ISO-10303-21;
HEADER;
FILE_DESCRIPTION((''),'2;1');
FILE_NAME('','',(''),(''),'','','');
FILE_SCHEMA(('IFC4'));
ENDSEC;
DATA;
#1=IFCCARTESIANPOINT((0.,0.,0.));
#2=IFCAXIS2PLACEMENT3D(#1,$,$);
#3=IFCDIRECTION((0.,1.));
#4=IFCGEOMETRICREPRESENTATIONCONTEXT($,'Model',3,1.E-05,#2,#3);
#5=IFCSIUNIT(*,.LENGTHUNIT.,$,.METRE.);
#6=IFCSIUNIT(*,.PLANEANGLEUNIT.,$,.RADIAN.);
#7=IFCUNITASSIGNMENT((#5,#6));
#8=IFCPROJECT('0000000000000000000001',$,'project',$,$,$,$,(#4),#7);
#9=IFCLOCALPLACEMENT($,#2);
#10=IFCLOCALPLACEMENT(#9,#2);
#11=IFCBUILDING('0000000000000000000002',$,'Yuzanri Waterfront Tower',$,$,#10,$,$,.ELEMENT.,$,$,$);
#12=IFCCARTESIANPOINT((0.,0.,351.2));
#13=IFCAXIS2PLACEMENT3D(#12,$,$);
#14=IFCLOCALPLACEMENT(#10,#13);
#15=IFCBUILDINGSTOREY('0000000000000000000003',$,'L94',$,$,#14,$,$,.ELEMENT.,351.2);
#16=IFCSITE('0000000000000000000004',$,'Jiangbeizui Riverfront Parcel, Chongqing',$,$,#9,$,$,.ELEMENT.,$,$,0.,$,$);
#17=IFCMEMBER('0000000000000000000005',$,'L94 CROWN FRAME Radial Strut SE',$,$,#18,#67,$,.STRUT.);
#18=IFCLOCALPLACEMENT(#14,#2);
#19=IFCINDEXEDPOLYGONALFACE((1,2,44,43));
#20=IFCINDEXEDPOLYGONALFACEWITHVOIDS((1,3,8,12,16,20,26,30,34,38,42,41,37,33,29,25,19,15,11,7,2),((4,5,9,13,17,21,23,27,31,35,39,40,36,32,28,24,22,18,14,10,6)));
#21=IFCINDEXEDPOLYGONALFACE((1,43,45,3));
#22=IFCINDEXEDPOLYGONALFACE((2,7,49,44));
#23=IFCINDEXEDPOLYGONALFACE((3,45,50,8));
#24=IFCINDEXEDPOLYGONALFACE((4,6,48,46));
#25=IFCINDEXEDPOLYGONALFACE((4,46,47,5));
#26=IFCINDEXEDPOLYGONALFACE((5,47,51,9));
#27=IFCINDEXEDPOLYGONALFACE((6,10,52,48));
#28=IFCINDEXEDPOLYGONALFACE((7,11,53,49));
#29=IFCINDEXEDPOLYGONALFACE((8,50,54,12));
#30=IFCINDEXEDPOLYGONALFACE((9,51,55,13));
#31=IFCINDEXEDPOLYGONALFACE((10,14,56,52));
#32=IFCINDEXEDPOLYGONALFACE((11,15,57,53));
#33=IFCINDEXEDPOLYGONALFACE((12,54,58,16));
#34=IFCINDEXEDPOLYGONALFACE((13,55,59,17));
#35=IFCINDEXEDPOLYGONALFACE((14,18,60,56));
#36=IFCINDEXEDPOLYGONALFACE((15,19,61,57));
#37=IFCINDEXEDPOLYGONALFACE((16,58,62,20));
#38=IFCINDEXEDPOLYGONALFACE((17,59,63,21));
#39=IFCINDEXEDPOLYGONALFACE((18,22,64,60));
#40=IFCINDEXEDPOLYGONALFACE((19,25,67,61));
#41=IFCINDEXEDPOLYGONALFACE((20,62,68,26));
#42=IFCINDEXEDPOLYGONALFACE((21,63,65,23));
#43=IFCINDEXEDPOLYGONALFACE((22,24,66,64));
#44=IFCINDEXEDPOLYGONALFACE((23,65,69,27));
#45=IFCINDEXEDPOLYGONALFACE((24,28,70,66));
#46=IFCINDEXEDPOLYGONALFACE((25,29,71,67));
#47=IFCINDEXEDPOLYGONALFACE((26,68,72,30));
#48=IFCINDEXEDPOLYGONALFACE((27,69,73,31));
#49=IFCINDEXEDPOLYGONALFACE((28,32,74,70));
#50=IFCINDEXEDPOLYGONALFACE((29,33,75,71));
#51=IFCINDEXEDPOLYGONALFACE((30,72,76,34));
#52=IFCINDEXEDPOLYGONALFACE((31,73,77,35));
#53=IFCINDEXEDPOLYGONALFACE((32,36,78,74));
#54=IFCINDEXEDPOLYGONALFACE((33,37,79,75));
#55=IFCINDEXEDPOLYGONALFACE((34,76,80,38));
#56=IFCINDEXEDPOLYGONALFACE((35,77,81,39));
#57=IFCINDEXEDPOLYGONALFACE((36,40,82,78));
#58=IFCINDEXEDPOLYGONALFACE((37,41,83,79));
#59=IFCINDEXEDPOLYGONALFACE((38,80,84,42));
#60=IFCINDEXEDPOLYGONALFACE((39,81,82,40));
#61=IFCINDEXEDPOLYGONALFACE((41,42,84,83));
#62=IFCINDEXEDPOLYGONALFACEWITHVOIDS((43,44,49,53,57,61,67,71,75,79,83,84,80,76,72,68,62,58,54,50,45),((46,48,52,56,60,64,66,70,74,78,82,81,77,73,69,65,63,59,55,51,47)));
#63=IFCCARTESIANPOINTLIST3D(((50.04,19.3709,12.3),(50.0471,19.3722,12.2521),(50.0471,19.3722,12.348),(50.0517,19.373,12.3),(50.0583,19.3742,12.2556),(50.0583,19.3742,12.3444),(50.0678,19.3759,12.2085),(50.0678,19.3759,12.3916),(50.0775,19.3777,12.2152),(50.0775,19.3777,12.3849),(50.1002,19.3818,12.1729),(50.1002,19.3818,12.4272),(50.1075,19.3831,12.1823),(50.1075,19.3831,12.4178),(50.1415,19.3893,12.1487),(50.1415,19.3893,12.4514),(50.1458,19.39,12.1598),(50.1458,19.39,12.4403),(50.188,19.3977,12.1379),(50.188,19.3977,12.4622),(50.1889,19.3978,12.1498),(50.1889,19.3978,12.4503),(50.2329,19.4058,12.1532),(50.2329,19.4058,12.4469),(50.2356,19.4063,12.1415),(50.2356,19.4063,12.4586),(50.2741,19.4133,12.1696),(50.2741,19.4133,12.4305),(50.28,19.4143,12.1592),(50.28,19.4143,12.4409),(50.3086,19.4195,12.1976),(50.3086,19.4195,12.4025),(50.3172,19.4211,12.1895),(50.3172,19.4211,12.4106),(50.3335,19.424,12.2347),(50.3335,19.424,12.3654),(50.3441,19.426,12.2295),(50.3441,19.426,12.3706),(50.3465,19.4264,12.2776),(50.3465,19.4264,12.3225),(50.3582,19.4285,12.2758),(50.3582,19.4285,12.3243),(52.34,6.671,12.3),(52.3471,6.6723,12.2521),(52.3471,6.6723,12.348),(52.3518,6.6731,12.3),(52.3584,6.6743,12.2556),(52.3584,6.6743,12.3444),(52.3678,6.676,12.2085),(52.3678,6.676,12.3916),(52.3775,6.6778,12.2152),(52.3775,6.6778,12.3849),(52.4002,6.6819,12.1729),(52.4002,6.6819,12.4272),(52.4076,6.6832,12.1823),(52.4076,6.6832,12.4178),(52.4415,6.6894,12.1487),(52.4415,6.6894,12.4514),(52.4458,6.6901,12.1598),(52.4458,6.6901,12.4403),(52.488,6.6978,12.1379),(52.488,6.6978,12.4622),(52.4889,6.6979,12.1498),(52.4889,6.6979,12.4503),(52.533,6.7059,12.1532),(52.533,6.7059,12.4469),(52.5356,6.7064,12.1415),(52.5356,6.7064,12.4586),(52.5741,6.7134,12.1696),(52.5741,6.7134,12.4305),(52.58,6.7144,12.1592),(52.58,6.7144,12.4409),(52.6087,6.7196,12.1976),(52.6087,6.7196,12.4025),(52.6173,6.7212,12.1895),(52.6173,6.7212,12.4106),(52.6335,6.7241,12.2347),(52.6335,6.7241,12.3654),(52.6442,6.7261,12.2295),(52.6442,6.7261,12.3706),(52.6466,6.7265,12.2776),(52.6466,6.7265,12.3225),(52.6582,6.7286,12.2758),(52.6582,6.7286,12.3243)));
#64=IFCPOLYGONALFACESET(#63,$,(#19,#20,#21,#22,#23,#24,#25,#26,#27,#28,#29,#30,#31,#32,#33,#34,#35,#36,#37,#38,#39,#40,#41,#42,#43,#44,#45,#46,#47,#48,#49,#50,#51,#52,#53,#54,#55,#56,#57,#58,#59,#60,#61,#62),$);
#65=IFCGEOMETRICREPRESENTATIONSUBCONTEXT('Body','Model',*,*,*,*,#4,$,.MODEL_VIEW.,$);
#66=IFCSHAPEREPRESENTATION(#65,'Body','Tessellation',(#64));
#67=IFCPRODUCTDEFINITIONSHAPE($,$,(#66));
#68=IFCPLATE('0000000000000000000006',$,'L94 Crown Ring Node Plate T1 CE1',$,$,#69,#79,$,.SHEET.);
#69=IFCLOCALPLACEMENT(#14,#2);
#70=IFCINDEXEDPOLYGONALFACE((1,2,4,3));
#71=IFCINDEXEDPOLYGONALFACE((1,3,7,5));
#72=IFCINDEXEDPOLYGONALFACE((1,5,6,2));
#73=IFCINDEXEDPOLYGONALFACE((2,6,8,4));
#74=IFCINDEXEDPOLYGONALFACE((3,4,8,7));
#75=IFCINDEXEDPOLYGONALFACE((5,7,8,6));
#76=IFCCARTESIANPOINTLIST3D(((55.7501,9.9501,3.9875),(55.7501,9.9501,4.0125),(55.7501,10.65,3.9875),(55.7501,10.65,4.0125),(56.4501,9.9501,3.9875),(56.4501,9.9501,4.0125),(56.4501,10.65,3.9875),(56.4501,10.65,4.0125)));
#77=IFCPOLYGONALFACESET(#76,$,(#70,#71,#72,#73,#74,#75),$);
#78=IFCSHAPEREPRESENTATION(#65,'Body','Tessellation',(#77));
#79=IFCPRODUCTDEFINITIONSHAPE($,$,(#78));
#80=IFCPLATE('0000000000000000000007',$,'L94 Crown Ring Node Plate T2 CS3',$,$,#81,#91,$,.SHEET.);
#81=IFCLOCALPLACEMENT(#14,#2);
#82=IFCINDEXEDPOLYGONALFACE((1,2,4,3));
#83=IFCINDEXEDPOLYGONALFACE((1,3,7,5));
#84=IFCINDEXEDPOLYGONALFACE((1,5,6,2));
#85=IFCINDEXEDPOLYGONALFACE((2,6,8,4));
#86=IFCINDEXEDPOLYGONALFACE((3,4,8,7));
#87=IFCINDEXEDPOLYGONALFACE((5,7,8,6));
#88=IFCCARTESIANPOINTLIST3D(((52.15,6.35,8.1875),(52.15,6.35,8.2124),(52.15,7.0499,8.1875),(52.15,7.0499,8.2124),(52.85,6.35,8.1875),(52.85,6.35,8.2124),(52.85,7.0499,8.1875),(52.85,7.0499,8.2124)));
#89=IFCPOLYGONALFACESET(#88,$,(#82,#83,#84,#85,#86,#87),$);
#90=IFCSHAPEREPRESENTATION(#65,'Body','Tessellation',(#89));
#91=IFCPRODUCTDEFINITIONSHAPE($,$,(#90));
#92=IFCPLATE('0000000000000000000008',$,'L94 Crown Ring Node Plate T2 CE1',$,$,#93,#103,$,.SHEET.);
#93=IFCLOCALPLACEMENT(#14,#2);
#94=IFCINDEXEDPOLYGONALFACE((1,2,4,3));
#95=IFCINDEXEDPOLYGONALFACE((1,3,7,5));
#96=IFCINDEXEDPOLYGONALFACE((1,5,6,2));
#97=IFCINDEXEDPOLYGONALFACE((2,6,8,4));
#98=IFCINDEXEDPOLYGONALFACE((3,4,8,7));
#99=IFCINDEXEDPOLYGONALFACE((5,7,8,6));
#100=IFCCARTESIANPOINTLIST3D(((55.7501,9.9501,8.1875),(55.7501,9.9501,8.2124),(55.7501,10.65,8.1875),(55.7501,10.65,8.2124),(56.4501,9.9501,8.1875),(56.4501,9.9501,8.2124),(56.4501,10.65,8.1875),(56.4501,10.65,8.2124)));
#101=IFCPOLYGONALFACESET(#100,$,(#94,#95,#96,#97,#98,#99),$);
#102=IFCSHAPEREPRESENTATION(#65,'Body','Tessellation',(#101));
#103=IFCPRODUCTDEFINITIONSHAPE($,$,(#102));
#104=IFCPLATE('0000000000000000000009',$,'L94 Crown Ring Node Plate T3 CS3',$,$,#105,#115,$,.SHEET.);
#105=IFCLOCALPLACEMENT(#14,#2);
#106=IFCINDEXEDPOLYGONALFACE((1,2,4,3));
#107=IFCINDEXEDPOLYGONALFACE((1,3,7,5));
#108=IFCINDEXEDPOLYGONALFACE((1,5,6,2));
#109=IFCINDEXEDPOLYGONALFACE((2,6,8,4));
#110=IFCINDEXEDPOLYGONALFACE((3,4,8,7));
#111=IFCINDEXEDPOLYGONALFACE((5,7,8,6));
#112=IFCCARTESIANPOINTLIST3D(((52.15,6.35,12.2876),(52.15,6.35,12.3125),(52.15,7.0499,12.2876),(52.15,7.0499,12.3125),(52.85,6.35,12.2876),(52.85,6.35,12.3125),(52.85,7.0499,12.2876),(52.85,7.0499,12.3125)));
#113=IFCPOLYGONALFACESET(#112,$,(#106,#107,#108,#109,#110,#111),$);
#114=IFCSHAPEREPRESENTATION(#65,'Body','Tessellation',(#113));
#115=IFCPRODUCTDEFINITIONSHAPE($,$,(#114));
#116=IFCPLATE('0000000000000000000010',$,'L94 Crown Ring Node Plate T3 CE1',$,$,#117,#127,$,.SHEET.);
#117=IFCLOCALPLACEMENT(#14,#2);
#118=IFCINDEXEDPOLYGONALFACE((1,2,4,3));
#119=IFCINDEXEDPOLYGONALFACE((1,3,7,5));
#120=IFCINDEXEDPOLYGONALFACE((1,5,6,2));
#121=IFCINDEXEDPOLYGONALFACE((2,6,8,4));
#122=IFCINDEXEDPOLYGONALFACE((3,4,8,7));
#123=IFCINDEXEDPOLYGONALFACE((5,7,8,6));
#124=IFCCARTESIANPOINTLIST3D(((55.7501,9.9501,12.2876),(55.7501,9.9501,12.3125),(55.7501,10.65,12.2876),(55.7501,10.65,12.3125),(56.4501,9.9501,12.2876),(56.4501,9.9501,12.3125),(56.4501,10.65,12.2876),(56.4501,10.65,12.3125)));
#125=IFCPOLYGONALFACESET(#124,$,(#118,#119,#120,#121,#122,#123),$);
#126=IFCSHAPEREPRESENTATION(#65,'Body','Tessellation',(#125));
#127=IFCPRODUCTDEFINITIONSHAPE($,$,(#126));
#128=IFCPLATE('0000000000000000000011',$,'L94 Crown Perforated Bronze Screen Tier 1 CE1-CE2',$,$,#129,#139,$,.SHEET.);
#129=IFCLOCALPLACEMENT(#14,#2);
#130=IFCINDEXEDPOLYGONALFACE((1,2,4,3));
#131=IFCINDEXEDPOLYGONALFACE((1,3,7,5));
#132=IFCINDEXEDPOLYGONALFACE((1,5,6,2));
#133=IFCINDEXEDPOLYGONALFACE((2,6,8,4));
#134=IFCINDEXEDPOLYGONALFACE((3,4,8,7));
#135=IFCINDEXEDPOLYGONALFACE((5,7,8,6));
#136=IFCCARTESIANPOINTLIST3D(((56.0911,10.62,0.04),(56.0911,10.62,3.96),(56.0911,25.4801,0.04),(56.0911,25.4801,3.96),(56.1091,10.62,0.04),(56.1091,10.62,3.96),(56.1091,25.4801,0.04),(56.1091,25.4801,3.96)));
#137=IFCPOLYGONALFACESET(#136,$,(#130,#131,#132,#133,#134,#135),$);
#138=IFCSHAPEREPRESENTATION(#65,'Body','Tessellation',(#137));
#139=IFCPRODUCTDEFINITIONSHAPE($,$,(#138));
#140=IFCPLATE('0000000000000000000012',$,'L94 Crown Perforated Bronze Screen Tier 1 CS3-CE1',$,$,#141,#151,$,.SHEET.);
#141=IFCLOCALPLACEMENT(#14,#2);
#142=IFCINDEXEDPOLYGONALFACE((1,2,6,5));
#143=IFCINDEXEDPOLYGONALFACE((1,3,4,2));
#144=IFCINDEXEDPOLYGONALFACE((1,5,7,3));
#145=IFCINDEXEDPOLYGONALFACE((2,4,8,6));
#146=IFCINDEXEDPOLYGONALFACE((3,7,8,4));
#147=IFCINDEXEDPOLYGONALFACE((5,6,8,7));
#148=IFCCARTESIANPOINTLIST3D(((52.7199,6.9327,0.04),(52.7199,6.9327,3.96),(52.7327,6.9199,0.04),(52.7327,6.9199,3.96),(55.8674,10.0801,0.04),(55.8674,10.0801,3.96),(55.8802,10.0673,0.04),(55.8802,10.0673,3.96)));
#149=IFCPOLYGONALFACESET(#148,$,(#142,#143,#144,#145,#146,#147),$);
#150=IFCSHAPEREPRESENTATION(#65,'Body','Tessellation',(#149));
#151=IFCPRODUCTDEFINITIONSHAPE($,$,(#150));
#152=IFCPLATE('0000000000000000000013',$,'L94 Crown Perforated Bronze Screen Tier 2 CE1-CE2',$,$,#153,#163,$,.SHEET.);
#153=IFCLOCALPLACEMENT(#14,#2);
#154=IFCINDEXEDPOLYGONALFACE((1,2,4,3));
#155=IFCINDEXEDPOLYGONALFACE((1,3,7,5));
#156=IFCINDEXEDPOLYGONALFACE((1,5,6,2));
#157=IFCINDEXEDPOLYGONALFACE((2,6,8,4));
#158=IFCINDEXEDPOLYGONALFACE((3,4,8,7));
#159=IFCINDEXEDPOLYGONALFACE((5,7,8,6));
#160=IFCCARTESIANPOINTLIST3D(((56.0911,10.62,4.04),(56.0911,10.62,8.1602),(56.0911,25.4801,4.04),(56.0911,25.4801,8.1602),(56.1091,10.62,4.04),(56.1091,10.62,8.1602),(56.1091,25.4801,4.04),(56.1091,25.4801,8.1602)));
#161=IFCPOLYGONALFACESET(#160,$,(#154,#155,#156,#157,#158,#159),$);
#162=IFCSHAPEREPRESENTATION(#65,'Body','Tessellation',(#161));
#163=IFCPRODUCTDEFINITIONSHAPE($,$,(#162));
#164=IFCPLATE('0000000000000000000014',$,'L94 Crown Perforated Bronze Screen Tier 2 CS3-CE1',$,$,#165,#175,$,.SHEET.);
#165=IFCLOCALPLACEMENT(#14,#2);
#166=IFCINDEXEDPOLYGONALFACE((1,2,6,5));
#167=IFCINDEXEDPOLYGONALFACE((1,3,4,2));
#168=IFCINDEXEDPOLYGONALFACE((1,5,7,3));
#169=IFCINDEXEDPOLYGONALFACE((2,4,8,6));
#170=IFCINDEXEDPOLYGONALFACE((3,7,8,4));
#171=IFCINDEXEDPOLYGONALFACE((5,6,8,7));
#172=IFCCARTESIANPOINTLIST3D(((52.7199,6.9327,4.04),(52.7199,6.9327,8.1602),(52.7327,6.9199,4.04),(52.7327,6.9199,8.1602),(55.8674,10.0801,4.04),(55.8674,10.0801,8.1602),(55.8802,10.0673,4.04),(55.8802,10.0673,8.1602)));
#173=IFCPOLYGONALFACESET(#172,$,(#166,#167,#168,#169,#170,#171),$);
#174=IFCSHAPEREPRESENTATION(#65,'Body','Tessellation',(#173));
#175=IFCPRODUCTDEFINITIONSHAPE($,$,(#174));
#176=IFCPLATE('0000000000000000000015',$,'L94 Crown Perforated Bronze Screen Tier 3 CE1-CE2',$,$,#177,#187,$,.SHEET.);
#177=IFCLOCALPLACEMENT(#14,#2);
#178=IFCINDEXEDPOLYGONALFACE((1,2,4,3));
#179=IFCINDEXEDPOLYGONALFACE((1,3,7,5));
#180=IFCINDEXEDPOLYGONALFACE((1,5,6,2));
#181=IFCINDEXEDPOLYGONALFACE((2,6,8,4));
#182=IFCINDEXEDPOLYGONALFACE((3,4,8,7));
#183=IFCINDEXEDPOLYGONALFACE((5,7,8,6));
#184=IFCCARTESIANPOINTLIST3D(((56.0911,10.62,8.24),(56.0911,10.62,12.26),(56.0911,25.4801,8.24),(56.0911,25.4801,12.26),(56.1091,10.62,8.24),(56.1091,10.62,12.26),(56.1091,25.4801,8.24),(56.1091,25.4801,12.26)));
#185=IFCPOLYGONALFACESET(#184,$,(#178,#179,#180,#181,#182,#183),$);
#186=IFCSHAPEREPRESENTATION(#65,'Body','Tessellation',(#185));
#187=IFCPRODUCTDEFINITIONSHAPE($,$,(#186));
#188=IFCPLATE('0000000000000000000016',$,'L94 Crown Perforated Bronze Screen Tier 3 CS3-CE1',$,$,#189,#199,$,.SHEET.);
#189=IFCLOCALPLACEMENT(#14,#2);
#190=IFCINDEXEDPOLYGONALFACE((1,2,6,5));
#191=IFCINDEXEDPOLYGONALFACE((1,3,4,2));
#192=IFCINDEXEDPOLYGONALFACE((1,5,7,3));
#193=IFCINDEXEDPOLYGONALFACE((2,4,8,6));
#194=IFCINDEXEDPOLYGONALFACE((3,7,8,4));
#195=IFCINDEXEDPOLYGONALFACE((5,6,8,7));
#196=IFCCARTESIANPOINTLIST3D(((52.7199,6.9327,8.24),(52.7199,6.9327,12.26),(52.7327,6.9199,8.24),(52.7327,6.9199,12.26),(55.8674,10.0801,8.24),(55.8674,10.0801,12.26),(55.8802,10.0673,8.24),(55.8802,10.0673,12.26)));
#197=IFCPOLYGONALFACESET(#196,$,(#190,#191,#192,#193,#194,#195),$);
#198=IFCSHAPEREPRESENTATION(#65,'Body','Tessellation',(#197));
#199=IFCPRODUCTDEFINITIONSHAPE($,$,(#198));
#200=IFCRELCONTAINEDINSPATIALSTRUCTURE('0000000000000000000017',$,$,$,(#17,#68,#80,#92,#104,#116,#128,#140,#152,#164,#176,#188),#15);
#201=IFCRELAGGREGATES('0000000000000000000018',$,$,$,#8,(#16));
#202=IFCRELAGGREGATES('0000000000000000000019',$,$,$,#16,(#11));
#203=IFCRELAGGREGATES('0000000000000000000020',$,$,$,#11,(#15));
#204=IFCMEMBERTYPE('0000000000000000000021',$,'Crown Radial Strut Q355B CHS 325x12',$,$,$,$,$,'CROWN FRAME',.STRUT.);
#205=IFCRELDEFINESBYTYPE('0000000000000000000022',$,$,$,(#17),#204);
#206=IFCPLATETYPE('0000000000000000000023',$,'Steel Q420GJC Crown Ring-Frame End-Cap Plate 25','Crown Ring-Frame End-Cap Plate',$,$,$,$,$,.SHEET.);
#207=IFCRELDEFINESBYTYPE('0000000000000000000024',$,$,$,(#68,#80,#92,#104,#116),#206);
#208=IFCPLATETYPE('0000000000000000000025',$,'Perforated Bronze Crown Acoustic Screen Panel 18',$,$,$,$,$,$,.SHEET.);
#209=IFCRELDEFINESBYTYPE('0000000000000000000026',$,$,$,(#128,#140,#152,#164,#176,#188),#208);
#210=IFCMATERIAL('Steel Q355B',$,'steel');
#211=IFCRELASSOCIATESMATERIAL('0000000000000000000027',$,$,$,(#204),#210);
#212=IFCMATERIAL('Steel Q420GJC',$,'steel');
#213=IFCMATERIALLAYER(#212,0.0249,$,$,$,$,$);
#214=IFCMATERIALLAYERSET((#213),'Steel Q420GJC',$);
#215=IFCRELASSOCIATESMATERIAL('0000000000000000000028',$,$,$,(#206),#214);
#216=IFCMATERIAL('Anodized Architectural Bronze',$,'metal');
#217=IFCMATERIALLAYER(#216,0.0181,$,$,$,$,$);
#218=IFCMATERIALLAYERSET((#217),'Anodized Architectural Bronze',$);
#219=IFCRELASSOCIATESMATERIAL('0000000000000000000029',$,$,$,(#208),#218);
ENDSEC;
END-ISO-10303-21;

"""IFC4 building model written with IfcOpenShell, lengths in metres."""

from ifc_helpers import new_model, si_unit, direction, frame, origin, origin_2d, place, context, subcontext, project, spatial, rectangle, hollow_circle, extrude, source, transform, mapped, material, layer, layer_set, material_profile, profile_set, type_object, element, save


model = new_model("IFC4")

# Units and contexts
model_context = context("Model", 3, precision=1e-05, world=origin(), true_north=direction((0.0, 1.0)))
body_context = subcontext(model_context, "Body", "Model", "MODEL_VIEW")
ifc_project = project(units=[si_unit("LENGTHUNIT", "METRE"), si_unit("PLANEANGLEUNIT", "RADIAN")], contexts=[model_context])

# Site, building, storey
site_placement = place(None, origin())
site = spatial("IfcSite", under=ifc_project, at=site_placement, Name="Jiangbeizui Riverfront Parcel, Chongqing", CompositionType="ELEMENT", RefElevation=0.0)
building_placement = place(site_placement, origin())
building = spatial("IfcBuilding", under=site, at=building_placement, Name="Yuzanri Waterfront Tower", CompositionType="ELEMENT")
storey_placement = place(building_placement, frame((0.0, 0.0, 351.2)))
storey = spatial("IfcBuildingStorey", under=building, at=storey_placement, Name="L94", CompositionType="ELEMENT", Elevation=351.2)

# Member
ifc_material_1 = material(Name="Steel Q355B", Category="steel")
ifc_material_profile_1 = material_profile(ifc_material_1, hollow_circle(Radius=0.1626, WallThickness=0.012, at=origin_2d()), Name="CHS 325x12")
ifc_profile_set_1 = profile_set([ifc_material_profile_1], Name="Steel Q355B")
member_type_1 = type_object("IfcMemberType", Name="Crown Radial Strut Q355B CHS 325x12", ElementType="CROWN FRAME", PredefinedType="STRUT", material=ifc_profile_set_1)
shared_shape_1 = source(origin(), body_context, "Body", "SweptSolid", [
    extrude(hollow_circle(Radius=0.1626, WallThickness=0.012, at=origin_2d()), origin(), (0.0, 0.0, 1.0), 12.9065),
])
member_1_placement = place(storey_placement, frame((52.5, 6.7, 12.3), z_axis=(-0.178208, 0.983993, 0.0), x_axis=(-0.983993, -0.178208, 0.0)))
element("IfcMember", 1, at=member_1_placement, inside=storey, type_object=member_type_1, Name="L94 CROWN FRAME Radial Strut SE", PredefinedType="STRUT", context=body_context, shape_type="MappedRepresentation", body=[
    mapped(shared_shape_1, transform((0.0, 0.0, 0.0), scale=1.0)),
])

# Plates
ifc_material_2 = material(Name="Steel Q420GJC", Category="steel")
ifc_layer_1 = layer(ifc_material_2, 0.0249)
ifc_layer_set_1 = layer_set([ifc_layer_1], Name="Steel Q420GJC")
plate_type_1 = type_object("IfcPlateType", Name="Steel Q420GJC Crown Ring-Frame End-Cap Plate 25", Description="Crown Ring-Frame End-Cap Plate", PredefinedType="SHEET", material=ifc_layer_set_1)
shared_shape_2 = source(origin(), body_context, "Body", "SweptSolid", [
    extrude(rectangle(XDim=0.7, YDim=0.7, at=origin_2d()), origin(), (0.0, 0.0, 1.0), 0.0249),
])
for number, where, z_axis, x_axis, name in (
    (2, (56.1001, 10.3, 3.9875), (0.0, 0.0, 1.0), (1.0, 0.0, 0.0), "L94 Crown Ring Node Plate T1 CE1"),
    (3, (52.5, 6.7, 8.1875), (0.0, 0.0, 1.0), (1.0, 0.0, 0.0), "L94 Crown Ring Node Plate T2 CS3"),
    (4, (56.1001, 10.3, 8.1875), (0.0, 0.0, 1.0), (1.0, 0.0, 0.0), "L94 Crown Ring Node Plate T2 CE1"),
    (5, (52.5, 6.7, 12.2876), (0.0, 0.0, 1.0), (1.0, 0.0, 0.0), "L94 Crown Ring Node Plate T3 CS3"),
    (6, (56.1001, 10.3, 12.2876), (0.0, 0.0, 1.0), (1.0, 0.0, 0.0), "L94 Crown Ring Node Plate T3 CE1"),
):
    element("IfcPlate", number, at=place(storey_placement, frame(where, z_axis=z_axis, x_axis=x_axis)), inside=storey, type_object=plate_type_1, Name=name, PredefinedType="SHEET", context=body_context, shape_type="MappedRepresentation", body=[
        mapped(shared_shape_2, transform((0.0, 0.0, 0.0), scale=1.0)),
    ])
ifc_material_3 = material(Name="Anodized Architectural Bronze", Category="metal")
ifc_layer_2 = layer(ifc_material_3, 0.0181)
ifc_layer_set_2 = layer_set([ifc_layer_2], Name="Anodized Architectural Bronze")
plate_type_2 = type_object("IfcPlateType", Name="Perforated Bronze Crown Acoustic Screen Panel 18", PredefinedType="SHEET", material=ifc_layer_set_2)
shared_shape_3 = source(origin(), body_context, "Body", "SweptSolid", [
    extrude(rectangle(XDim=14.8601, YDim=0.0181, at=origin_2d()), origin(), (0.0, 0.0, 1.0), 3.9199),
])
plate_1_placement = place(storey_placement, frame((56.1001, 18.05, 0.04), z_axis=(0.0, 0.0, 1.0), x_axis=(0.0, 1.0, 0.0)))
element("IfcPlate", 7, at=plate_1_placement, inside=storey, type_object=plate_type_2, Name="L94 Crown Perforated Bronze Screen Tier 1 CE1-CE2", PredefinedType="SHEET", context=body_context, shape_type="MappedRepresentation", body=[
    mapped(shared_shape_3, transform((0.0, 0.0, 0.0), scale=1.0)),
])
shared_shape_4 = source(origin(), body_context, "Body", "SweptSolid", [
    extrude(rectangle(XDim=4.4512, YDim=0.0181, at=origin_2d()), origin(), (0.0, 0.0, 1.0), 3.9199),
])
plate_2_placement = place(storey_placement, frame((54.3, 8.5, 0.04), z_axis=(0.0, 0.0, 1.0), x_axis=(0.707107, 0.707107, 0.0)))
element("IfcPlate", 8, at=plate_2_placement, inside=storey, type_object=plate_type_2, Name="L94 Crown Perforated Bronze Screen Tier 1 CS3-CE1", PredefinedType="SHEET", context=body_context, shape_type="MappedRepresentation", body=[
    mapped(shared_shape_4, transform((0.0, 0.0, 0.0), scale=1.0)),
])
shared_shape_5 = source(origin(), body_context, "Body", "SweptSolid", [
    extrude(rectangle(XDim=14.8601, YDim=0.0181, at=origin_2d()), origin(), (0.0, 0.0, 1.0), 4.1201),
])
plate_3_placement = place(storey_placement, frame((56.1001, 18.05, 4.04), z_axis=(0.0, 0.0, 1.0), x_axis=(0.0, 1.0, 0.0)))
element("IfcPlate", 9, at=plate_3_placement, inside=storey, type_object=plate_type_2, Name="L94 Crown Perforated Bronze Screen Tier 2 CE1-CE2", PredefinedType="SHEET", context=body_context, shape_type="MappedRepresentation", body=[
    mapped(shared_shape_5, transform((0.0, 0.0, 0.0), scale=1.0)),
])
shared_shape_6 = source(origin(), body_context, "Body", "SweptSolid", [
    extrude(rectangle(XDim=4.4512, YDim=0.0181, at=origin_2d()), origin(), (0.0, 0.0, 1.0), 4.1201),
])
plate_4_placement = place(storey_placement, frame((54.3, 8.5, 4.04), z_axis=(0.0, 0.0, 1.0), x_axis=(0.707107, 0.707107, 0.0)))
element("IfcPlate", 10, at=plate_4_placement, inside=storey, type_object=plate_type_2, Name="L94 Crown Perforated Bronze Screen Tier 2 CS3-CE1", PredefinedType="SHEET", context=body_context, shape_type="MappedRepresentation", body=[
    mapped(shared_shape_6, transform((0.0, 0.0, 0.0), scale=1.0)),
])
shared_shape_7 = source(origin(), body_context, "Body", "SweptSolid", [
    extrude(rectangle(XDim=14.8601, YDim=0.0181, at=origin_2d()), origin(), (0.0, 0.0, 1.0), 4.02),
])
plate_5_placement = place(storey_placement, frame((56.1001, 18.05, 8.24), z_axis=(0.0, 0.0, 1.0), x_axis=(0.0, 1.0, 0.0)))
element("IfcPlate", 11, at=plate_5_placement, inside=storey, type_object=plate_type_2, Name="L94 Crown Perforated Bronze Screen Tier 3 CE1-CE2", PredefinedType="SHEET", context=body_context, shape_type="MappedRepresentation", body=[
    mapped(shared_shape_7, transform((0.0, 0.0, 0.0), scale=1.0)),
])
shared_shape_8 = source(origin(), body_context, "Body", "SweptSolid", [
    extrude(rectangle(XDim=4.4512, YDim=0.0181, at=origin_2d()), origin(), (0.0, 0.0, 1.0), 4.02),
])
plate_6_placement = place(storey_placement, frame((54.3, 8.5, 8.24), z_axis=(0.0, 0.0, 1.0), x_axis=(0.707107, 0.707107, 0.0)))
element("IfcPlate", 12, at=plate_6_placement, inside=storey, type_object=plate_type_2, Name="L94 Crown Perforated Bronze Screen Tier 3 CS3-CE1", PredefinedType="SHEET", context=body_context, shape_type="MappedRepresentation", body=[
    mapped(shared_shape_8, transform((0.0, 0.0, 0.0), scale=1.0)),
])

save(model, "model.ifc")
